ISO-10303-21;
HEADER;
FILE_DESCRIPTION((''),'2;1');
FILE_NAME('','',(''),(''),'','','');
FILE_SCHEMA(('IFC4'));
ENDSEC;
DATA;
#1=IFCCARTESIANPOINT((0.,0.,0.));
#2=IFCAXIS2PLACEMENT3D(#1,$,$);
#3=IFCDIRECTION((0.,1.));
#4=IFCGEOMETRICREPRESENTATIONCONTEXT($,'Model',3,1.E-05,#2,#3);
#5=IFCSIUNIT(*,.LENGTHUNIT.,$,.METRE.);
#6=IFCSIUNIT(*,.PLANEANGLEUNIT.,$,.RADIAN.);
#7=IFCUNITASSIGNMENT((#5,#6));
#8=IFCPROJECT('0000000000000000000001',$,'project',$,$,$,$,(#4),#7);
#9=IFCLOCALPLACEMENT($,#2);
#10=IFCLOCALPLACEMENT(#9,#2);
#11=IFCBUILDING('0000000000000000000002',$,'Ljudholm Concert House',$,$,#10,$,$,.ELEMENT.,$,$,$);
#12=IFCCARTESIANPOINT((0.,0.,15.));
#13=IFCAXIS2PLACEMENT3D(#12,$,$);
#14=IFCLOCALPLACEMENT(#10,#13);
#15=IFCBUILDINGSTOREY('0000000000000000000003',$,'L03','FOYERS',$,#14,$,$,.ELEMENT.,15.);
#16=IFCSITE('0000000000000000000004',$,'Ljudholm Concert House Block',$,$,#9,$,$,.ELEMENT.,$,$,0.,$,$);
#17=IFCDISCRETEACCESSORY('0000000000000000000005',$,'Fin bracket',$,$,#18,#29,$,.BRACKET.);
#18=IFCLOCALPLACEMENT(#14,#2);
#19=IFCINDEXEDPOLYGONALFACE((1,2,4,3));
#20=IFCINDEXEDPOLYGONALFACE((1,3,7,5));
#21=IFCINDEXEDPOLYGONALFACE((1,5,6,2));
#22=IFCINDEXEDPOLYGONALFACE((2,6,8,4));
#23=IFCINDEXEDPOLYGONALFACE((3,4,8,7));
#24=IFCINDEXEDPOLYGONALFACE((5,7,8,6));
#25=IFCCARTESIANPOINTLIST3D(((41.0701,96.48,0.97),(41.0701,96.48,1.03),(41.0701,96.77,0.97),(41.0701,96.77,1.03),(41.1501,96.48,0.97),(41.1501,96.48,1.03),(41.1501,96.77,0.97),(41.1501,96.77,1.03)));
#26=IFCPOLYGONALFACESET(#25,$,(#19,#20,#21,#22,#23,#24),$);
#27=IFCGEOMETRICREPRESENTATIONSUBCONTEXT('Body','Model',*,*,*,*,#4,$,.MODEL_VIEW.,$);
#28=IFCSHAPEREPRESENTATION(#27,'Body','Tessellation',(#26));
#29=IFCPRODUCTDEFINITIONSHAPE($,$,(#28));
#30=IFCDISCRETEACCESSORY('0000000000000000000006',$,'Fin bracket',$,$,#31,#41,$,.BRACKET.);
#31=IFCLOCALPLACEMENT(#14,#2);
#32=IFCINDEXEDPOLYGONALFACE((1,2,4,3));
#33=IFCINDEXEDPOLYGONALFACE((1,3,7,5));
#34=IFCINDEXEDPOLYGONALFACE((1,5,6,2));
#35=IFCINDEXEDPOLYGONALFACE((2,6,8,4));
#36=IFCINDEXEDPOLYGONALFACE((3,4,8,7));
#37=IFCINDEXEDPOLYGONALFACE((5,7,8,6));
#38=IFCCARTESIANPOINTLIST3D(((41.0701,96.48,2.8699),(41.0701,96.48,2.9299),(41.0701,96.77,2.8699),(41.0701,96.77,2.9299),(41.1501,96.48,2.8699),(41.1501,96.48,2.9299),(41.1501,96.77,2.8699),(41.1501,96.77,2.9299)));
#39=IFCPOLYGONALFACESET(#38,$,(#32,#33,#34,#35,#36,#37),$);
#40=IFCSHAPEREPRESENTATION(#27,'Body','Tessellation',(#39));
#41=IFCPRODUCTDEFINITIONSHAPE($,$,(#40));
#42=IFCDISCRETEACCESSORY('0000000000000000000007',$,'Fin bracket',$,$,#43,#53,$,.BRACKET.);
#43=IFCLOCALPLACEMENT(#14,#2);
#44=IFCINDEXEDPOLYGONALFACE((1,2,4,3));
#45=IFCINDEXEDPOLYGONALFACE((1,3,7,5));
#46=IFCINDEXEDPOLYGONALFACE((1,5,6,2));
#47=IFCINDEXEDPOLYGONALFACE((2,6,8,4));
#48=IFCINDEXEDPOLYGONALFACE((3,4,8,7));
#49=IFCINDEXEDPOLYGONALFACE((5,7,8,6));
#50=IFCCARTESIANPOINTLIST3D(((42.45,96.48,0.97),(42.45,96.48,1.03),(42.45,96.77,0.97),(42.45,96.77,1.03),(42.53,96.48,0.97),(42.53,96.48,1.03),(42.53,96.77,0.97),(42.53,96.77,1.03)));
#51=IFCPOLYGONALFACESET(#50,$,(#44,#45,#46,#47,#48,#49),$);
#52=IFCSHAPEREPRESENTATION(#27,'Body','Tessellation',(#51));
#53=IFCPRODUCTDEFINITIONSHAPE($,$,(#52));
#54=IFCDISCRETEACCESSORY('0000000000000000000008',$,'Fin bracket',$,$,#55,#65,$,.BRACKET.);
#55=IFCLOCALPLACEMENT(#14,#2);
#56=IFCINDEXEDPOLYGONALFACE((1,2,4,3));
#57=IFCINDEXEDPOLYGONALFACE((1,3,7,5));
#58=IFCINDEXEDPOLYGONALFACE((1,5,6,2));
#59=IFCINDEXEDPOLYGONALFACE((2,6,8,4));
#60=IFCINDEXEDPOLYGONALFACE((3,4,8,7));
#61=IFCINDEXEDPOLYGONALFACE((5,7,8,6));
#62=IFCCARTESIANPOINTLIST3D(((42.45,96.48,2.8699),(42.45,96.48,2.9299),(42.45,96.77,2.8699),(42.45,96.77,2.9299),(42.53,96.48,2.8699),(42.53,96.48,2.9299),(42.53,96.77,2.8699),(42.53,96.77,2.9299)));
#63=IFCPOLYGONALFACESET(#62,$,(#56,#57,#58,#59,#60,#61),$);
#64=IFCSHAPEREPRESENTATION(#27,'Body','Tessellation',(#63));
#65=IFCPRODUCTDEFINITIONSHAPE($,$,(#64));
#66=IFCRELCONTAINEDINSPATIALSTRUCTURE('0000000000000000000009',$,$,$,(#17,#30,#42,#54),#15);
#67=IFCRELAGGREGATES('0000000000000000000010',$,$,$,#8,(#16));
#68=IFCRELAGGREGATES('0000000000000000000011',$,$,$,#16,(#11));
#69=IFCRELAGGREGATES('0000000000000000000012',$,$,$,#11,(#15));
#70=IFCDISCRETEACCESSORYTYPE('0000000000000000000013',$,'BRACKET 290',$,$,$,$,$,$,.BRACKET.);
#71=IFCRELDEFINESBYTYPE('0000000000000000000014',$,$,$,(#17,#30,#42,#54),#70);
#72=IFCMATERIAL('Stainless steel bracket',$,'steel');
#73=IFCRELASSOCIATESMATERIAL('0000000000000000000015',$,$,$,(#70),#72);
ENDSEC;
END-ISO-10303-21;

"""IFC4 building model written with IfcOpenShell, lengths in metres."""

from ifc_helpers import new_model, si_unit, direction, frame, origin, origin_2d, place, context, subcontext, project, spatial, rectangle, extrude, material, type_object, element, save


model = new_model("IFC4")

# Units and contexts
model_context = context("Model", 3, precision=1e-05, world=origin(), true_north=direction((0.0, 1.0)))
body_context = subcontext(model_context, "Body", "Model", "MODEL_VIEW")
ifc_project = project(units=[si_unit("LENGTHUNIT", "METRE"), si_unit("PLANEANGLEUNIT", "RADIAN")], contexts=[model_context])

# Site, building, storey
site_placement = place(None, origin())
site = spatial("IfcSite", under=ifc_project, at=site_placement, Name="Ljudholm Concert House Block", CompositionType="ELEMENT", RefElevation=0.0)
building_placement = place(site_placement, origin())
building = spatial("IfcBuilding", under=site, at=building_placement, Name="Ljudholm Concert House", CompositionType="ELEMENT")
storey_placement = place(building_placement, frame((0.0, 0.0, 15.0)))
storey = spatial("IfcBuildingStorey", under=building, at=storey_placement, Name="L03", Description="FOYERS", CompositionType="ELEMENT", Elevation=15.0)

# Discrete accessories
ifc_material_1 = material(Name="Stainless steel bracket", Category="steel")
discrete_accessory_type = type_object("IfcDiscreteAccessoryType", Name="BRACKET 290", PredefinedType="BRACKET", material=ifc_material_1)
for number, where, z_axis, x_axis, name in (
    (1, (41.1101, 96.625, 0.97), (0.0, 0.0, 1.0), (0.0, 1.0, 0.0), "Fin bracket"),
    (2, (41.1101, 96.625, 2.8699), (0.0, 0.0, 1.0), (0.0, 1.0, 0.0), "Fin bracket"),
    (3, (42.49, 96.625, 0.97), (0.0, 0.0, 1.0), (0.0, 1.0, 0.0), "Fin bracket"),
    (4, (42.49, 96.625, 2.8699), (0.0, 0.0, 1.0), (0.0, 1.0, 0.0), "Fin bracket"),
):
    element("IfcDiscreteAccessory", number, at=place(storey_placement, frame(where, z_axis=z_axis, x_axis=x_axis)), inside=storey, type_object=discrete_accessory_type, Name=name, PredefinedType="BRACKET", context=body_context, shape_type="SweptSolid", body=[
        extrude(rectangle(XDim=0.29, YDim=0.0801, at=origin_2d()), origin(), (0.0, 0.0, 1.0), 0.0601),
    ])

save(model, "model.ifc")
